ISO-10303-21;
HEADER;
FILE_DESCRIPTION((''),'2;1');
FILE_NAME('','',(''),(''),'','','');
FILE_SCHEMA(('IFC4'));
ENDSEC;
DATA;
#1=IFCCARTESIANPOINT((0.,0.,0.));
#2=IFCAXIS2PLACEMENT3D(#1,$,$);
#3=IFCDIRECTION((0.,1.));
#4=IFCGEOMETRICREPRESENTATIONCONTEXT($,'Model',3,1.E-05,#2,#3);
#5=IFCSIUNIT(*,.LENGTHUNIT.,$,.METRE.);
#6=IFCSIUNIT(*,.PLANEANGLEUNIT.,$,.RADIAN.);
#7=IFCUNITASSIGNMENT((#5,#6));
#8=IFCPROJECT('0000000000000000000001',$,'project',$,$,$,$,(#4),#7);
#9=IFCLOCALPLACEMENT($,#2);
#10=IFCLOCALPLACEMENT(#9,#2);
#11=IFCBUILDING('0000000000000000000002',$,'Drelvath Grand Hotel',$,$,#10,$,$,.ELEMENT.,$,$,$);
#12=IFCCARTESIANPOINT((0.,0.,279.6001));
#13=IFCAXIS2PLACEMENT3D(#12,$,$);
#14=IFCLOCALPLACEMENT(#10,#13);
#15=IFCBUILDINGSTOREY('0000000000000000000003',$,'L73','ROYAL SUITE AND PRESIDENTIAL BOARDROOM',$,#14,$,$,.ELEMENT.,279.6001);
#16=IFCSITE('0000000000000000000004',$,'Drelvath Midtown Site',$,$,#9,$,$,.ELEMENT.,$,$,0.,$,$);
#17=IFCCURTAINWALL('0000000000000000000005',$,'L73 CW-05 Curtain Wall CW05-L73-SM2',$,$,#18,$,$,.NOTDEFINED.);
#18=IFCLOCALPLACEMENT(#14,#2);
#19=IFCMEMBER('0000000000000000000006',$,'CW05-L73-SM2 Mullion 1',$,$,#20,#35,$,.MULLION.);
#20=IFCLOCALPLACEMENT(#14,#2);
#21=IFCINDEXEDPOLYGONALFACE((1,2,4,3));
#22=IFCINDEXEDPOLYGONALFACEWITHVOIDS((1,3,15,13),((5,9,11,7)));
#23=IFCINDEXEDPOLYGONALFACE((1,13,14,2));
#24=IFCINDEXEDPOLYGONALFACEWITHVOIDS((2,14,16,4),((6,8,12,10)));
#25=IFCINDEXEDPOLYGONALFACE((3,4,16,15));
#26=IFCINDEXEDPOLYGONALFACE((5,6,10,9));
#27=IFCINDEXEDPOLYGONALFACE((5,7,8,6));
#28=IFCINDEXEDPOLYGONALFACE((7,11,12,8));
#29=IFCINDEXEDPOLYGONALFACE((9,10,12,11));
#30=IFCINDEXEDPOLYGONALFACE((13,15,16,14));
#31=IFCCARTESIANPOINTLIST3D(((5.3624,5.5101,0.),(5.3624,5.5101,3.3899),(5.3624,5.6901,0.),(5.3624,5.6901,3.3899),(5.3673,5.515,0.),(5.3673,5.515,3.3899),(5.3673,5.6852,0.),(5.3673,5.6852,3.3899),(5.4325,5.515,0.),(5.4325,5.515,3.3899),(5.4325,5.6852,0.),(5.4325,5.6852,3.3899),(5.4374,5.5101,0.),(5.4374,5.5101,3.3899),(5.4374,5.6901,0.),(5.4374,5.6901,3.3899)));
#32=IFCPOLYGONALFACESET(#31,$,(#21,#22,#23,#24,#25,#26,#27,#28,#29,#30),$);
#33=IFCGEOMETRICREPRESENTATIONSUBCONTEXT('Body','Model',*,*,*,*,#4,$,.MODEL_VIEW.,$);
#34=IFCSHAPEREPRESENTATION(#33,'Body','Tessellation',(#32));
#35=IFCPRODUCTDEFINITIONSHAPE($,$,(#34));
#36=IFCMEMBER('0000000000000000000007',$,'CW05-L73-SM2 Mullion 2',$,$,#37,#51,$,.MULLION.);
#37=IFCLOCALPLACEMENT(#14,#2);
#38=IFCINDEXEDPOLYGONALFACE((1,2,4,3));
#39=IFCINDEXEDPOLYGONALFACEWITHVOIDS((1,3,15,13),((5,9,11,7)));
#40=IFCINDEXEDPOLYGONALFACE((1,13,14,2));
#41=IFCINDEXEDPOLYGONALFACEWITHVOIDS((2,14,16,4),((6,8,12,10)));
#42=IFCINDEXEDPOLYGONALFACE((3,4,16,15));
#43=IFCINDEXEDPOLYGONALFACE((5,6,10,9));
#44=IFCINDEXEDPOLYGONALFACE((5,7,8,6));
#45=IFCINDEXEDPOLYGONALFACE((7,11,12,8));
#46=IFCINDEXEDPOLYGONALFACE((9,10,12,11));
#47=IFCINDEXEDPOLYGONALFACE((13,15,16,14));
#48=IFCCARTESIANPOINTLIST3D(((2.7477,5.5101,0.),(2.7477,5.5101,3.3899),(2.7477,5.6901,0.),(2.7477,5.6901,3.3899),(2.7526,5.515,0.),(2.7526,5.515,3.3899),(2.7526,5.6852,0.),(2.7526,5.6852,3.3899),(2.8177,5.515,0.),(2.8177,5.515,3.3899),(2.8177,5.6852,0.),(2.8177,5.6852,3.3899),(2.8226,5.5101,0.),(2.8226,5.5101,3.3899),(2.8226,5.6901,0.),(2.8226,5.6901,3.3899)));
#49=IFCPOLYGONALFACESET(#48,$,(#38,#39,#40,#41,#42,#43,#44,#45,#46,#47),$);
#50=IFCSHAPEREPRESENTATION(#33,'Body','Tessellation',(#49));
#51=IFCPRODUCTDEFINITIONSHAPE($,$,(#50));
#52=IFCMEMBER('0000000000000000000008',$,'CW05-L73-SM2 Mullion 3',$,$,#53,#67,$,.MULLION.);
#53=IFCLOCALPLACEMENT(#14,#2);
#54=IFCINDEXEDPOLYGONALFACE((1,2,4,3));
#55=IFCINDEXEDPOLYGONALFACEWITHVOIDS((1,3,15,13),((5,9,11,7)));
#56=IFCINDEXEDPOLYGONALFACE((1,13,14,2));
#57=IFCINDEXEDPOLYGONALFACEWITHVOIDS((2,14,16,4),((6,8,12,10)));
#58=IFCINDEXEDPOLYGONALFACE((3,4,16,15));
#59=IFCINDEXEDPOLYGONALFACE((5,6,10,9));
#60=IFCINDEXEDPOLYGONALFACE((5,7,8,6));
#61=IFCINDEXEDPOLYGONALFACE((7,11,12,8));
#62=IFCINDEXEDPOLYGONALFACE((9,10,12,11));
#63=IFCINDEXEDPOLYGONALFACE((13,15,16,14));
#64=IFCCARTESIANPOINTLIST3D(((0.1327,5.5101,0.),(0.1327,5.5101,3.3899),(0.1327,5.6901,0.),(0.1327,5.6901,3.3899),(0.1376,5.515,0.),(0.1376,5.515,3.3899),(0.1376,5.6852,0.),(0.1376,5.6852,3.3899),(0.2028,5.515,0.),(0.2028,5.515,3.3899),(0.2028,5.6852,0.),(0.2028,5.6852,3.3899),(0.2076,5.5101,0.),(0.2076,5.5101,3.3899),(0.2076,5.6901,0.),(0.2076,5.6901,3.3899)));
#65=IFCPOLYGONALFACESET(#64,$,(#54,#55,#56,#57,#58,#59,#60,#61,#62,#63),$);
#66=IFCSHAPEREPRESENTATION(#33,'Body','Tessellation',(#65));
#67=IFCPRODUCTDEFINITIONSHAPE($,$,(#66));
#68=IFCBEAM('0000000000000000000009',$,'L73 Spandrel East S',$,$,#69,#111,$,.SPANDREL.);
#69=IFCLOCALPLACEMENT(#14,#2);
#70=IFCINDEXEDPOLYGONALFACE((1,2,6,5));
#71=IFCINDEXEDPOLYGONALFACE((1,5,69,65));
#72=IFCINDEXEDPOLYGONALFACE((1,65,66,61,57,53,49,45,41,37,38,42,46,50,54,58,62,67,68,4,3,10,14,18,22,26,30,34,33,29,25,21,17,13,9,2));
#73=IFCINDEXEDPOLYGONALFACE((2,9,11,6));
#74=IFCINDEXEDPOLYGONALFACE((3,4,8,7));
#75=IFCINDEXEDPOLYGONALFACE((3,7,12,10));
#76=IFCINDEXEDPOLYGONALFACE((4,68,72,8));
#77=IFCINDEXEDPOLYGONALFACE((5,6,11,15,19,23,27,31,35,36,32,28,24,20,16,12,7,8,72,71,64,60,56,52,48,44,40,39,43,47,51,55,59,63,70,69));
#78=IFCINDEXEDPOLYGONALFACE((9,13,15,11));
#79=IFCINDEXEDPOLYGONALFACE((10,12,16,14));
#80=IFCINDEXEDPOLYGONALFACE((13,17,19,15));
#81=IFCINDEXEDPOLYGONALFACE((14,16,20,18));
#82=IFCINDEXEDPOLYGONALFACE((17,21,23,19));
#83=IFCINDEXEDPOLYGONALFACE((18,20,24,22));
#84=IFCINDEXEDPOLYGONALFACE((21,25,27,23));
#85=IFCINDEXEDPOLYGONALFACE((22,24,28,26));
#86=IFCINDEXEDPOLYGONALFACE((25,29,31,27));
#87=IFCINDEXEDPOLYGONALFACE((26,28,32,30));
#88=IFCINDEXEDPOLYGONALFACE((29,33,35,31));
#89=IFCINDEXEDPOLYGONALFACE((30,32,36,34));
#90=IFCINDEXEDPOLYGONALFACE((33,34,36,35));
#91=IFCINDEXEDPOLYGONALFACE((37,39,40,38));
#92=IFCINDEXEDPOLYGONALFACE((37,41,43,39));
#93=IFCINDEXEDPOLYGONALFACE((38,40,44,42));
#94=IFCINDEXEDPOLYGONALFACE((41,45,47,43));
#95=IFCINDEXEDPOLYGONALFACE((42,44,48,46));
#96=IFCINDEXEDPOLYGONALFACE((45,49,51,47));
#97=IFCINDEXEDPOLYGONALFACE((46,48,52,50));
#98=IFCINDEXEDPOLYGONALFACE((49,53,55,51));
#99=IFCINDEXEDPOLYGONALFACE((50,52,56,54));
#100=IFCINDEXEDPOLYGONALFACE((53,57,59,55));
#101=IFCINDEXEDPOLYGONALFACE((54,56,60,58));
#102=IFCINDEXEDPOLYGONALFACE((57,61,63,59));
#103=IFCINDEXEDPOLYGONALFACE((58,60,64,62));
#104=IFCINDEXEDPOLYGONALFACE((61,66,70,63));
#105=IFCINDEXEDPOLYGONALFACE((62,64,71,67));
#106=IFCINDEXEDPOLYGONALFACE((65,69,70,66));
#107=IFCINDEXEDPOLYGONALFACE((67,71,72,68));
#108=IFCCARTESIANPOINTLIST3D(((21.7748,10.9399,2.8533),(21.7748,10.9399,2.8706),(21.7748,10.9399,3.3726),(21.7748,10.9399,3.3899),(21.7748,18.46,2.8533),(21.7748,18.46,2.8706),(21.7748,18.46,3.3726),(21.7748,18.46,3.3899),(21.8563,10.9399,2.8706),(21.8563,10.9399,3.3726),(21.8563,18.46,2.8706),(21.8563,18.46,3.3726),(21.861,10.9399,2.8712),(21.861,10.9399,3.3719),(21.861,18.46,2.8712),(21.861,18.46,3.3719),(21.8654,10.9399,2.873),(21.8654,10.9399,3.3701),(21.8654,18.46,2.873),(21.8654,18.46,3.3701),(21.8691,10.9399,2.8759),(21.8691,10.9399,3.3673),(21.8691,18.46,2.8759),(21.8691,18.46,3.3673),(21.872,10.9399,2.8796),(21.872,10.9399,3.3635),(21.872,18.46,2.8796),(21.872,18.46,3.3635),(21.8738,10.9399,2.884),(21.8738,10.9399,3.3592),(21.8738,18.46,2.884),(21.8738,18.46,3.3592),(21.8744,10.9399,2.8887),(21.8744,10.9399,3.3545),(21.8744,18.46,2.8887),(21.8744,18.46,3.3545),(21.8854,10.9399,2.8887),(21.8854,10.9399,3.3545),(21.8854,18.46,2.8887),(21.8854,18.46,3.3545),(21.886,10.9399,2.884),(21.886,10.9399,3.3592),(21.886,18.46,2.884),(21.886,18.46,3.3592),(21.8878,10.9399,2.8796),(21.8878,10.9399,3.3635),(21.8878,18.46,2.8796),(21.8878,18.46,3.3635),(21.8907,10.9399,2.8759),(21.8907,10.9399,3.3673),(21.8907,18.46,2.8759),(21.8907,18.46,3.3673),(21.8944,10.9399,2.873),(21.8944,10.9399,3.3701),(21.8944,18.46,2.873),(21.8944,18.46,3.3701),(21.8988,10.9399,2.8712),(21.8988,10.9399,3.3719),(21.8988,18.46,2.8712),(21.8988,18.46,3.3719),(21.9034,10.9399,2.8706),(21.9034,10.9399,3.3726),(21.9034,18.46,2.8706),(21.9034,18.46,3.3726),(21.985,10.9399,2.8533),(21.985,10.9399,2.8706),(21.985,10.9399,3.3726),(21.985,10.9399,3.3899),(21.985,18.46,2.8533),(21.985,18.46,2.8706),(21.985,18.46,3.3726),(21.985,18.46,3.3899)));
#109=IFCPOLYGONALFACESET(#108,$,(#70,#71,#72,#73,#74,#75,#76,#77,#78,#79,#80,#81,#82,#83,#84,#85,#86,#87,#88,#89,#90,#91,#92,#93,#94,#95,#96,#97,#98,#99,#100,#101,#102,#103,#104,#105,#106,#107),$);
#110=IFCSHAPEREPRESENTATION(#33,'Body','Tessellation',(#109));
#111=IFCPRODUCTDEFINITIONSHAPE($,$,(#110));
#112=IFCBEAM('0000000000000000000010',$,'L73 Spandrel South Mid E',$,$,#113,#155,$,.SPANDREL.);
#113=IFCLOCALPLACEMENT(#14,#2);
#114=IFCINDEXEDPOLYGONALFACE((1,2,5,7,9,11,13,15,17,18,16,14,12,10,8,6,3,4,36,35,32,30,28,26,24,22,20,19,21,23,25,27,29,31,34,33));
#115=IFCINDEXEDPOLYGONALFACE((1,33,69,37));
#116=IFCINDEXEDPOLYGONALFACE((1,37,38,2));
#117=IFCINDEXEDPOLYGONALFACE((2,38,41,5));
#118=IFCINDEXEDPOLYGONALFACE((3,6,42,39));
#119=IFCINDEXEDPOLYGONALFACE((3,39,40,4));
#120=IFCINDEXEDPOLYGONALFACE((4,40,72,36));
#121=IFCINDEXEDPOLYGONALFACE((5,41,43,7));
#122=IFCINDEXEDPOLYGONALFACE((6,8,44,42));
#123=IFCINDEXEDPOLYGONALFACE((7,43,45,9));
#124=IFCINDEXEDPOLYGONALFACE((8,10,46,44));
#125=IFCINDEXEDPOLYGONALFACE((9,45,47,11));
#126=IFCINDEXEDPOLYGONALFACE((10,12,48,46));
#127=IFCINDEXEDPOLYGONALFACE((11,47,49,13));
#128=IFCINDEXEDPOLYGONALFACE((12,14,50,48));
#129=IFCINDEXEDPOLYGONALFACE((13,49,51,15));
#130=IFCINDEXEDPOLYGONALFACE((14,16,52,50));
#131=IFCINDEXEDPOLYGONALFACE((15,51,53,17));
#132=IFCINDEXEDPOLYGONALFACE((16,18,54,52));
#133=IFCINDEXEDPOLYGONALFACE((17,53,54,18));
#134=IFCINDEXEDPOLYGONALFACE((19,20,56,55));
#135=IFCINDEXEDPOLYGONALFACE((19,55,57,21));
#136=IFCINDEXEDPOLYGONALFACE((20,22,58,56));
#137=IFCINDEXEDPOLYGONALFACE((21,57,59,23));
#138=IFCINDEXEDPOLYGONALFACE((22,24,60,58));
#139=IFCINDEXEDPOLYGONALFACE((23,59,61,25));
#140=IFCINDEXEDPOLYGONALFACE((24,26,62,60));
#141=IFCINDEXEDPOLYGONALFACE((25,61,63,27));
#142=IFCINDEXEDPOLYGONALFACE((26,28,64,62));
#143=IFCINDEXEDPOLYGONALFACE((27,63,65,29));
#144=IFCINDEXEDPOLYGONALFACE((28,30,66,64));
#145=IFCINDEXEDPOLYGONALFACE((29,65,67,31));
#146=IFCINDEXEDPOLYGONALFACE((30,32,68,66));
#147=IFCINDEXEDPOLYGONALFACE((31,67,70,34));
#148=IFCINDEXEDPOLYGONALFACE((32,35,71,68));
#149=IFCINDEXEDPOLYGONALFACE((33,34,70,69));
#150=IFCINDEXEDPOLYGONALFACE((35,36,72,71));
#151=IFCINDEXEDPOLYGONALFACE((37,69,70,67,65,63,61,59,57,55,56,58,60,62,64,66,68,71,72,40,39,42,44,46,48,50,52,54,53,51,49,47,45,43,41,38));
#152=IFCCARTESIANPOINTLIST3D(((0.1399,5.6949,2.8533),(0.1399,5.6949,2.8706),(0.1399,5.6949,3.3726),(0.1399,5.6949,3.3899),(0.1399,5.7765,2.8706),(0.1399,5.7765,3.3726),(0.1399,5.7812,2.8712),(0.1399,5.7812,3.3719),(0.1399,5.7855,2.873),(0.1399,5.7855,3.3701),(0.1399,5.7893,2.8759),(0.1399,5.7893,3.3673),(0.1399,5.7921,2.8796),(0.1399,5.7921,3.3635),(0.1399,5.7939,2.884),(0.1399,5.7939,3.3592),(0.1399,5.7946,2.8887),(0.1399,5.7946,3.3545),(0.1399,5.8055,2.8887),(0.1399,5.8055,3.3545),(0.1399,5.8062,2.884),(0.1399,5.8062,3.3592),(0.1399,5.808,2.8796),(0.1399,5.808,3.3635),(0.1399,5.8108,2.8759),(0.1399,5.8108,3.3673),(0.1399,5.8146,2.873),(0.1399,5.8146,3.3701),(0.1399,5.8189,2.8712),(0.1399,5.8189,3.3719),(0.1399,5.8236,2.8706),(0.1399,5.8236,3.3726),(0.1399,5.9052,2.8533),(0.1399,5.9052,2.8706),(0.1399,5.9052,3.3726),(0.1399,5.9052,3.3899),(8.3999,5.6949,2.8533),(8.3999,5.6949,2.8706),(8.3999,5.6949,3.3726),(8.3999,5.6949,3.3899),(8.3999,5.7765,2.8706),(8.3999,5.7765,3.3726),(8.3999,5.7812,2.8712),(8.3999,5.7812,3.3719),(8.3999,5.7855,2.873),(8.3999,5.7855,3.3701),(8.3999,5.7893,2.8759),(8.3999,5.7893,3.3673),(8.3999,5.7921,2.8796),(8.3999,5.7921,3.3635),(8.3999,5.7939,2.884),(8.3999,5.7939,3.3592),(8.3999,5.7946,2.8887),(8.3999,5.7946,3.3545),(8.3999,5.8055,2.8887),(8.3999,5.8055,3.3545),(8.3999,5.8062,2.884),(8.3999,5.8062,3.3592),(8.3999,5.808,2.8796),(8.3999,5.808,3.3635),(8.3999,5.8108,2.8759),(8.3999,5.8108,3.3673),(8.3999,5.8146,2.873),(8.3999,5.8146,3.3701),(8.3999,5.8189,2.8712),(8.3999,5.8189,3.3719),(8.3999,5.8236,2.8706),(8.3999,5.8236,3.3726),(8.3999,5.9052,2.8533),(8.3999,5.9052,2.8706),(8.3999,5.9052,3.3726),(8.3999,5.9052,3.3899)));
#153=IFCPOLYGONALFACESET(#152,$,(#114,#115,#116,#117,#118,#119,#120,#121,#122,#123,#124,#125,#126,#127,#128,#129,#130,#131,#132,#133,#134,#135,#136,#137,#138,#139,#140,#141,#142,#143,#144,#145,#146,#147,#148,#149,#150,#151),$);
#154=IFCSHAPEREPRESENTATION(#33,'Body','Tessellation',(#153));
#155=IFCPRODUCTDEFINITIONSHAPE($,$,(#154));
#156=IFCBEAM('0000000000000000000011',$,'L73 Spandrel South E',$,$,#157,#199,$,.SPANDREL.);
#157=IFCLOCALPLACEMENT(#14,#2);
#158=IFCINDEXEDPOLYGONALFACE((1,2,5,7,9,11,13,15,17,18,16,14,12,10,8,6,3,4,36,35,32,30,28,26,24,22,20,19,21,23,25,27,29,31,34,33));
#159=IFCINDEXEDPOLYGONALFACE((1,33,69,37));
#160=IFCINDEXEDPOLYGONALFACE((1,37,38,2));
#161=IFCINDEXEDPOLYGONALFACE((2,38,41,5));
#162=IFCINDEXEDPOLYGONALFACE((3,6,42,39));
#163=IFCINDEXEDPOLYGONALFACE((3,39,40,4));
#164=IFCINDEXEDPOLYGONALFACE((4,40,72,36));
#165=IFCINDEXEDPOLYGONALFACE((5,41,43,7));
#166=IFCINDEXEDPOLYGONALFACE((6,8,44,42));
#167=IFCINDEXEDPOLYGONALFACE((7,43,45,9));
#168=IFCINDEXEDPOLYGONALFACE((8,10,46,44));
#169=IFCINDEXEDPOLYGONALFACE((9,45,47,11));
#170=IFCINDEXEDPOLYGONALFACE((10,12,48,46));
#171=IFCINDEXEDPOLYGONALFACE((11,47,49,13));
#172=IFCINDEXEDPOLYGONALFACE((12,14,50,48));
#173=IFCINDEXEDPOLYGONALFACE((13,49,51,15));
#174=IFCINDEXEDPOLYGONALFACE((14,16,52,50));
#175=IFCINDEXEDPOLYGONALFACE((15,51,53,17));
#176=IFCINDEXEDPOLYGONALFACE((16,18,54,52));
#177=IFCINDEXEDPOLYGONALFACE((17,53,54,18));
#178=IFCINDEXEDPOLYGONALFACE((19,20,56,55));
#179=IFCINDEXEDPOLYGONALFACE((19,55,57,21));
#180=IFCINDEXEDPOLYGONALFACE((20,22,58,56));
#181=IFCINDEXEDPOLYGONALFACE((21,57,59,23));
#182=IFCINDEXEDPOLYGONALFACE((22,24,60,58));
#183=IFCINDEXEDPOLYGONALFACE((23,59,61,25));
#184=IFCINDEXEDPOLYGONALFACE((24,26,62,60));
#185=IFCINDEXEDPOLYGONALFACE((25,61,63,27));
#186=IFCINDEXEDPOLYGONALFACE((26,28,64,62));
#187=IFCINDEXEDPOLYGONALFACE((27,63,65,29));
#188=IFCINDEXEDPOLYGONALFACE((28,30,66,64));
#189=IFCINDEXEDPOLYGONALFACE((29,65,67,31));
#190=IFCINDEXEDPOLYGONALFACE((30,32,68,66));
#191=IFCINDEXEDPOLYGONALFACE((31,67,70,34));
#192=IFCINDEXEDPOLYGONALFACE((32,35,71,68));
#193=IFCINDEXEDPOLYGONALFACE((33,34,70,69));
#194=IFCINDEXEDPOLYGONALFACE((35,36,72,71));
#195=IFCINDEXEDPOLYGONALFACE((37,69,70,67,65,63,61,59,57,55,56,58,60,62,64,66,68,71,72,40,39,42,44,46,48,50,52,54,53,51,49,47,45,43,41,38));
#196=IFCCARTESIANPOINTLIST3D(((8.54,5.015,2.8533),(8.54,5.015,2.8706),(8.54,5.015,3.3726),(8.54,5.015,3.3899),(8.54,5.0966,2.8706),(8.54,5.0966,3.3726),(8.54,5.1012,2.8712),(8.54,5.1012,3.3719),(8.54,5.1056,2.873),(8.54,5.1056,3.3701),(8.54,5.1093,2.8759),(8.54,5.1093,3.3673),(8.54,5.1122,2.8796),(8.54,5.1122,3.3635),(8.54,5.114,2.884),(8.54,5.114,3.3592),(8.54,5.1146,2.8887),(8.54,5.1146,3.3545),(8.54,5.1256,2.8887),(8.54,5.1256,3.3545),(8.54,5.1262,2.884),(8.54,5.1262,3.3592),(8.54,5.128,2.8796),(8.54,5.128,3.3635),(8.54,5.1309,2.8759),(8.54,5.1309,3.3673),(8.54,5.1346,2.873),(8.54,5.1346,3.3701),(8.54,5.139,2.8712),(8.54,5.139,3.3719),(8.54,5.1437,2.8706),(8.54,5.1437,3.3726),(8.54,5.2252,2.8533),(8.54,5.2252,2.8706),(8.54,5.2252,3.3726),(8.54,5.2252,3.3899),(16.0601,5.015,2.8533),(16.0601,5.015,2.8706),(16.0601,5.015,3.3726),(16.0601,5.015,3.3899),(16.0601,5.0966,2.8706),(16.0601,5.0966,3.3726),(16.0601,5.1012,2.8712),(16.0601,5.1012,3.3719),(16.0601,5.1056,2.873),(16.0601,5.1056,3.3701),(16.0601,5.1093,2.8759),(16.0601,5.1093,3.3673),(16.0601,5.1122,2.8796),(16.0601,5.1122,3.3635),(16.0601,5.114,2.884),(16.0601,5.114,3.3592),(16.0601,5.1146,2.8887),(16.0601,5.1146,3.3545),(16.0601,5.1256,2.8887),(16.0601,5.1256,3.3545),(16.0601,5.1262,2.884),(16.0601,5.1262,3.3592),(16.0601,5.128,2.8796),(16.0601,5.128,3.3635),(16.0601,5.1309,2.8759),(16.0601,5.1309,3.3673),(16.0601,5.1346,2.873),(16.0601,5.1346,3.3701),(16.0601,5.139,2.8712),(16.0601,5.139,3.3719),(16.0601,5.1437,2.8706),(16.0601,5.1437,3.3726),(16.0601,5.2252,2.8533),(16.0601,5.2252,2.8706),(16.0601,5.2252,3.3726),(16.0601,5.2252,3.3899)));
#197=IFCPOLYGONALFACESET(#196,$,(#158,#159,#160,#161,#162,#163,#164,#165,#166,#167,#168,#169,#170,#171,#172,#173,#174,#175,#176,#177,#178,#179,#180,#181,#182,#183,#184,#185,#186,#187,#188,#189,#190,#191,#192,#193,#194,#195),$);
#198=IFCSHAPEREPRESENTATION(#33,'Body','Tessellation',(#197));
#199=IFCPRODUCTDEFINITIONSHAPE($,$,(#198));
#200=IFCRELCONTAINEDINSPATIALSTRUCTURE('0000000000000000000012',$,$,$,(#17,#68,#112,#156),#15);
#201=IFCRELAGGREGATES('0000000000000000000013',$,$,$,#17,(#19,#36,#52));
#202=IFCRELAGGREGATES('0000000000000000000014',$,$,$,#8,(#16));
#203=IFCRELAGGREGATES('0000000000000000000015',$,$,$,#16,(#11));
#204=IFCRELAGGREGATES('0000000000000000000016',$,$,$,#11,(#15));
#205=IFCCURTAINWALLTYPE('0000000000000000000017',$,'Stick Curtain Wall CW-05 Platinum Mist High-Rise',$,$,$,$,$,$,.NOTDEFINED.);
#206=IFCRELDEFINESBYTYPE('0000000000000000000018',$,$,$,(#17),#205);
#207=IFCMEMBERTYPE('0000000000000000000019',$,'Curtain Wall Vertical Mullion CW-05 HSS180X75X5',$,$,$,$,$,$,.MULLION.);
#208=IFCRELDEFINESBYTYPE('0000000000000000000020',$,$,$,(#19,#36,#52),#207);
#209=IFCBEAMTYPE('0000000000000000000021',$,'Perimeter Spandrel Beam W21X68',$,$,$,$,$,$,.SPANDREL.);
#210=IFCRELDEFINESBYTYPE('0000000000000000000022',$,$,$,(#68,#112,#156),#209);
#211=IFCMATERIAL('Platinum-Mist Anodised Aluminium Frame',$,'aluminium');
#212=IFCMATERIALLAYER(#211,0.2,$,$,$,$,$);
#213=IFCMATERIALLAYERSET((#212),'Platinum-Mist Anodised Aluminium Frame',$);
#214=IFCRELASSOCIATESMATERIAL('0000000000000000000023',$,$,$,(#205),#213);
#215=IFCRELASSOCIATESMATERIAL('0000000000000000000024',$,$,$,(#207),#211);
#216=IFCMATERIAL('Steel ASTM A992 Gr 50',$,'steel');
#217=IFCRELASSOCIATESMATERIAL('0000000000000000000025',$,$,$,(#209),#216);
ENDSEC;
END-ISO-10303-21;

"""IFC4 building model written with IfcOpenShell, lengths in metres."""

from ifc_helpers import new_model, si_unit, direction, frame, origin, origin_2d, place, context, subcontext, project, spatial, hollow_rectangle, i_section, extrude, material, layer, layer_set, material_profile, profile_set, type_object, element, aggregate, save


model = new_model("IFC4")

# Units and contexts
model_context = context("Model", 3, precision=1e-05, world=origin(), true_north=direction((0.0, 1.0)))
body_context = subcontext(model_context, "Body", "Model", "MODEL_VIEW")
ifc_project = project(units=[si_unit("LENGTHUNIT", "METRE"), si_unit("PLANEANGLEUNIT", "RADIAN")], contexts=[model_context])

# Site, building, storey
site_placement = place(None, origin())
site = spatial("IfcSite", under=ifc_project, at=site_placement, Name="Drelvath Midtown Site", CompositionType="ELEMENT", RefElevation=0.0)
building_placement = place(site_placement, origin())
building = spatial("IfcBuilding", under=site, at=building_placement, Name="Drelvath Grand Hotel", CompositionType="ELEMENT")
storey_placement = place(building_placement, frame((0.0, 0.0, 279.6001)))
storey = spatial("IfcBuildingStorey", under=building, at=storey_placement, Name="L73", Description="ROYAL SUITE AND PRESIDENTIAL BOARDROOM", CompositionType="ELEMENT", Elevation=279.6001)

# Shared definitions
ifc_material_1 = material(Name="Steel ASTM A992 Gr 50", Category="steel")

# Curtain wall
ifc_material_2 = material(Name="Platinum-Mist Anodised Aluminium Frame", Category="aluminium")
ifc_layer_1 = layer(ifc_material_2, 0.2)
ifc_layer_set_1 = layer_set([ifc_layer_1], Name="Platinum-Mist Anodised Aluminium Frame")
curtain_wall_type = type_object("IfcCurtainWallType", Name="Stick Curtain Wall CW-05 Platinum Mist High-Rise", PredefinedType="NOTDEFINED", material=ifc_layer_set_1)
curtain_wall_1_placement = place(storey_placement, origin())
curtain_wall_1 = element("IfcCurtainWall", 1, at=curtain_wall_1_placement, inside=storey, type_object=curtain_wall_type, Name="L73 CW-05 Curtain Wall CW05-L73-SM2", PredefinedType="NOTDEFINED")

# Members
ifc_material_profile_1 = material_profile(ifc_material_2, hollow_rectangle(XDim=0.075, YDim=0.1799, WallThickness=0.0049, at=origin_2d()), Name="HSS180X75X5")
ifc_profile_set_1 = profile_set([ifc_material_profile_1], Name="Platinum-Mist Anodised Aluminium Frame")
member_type_1 = type_object("IfcMemberType", Name="Curtain Wall Vertical Mullion CW-05 HSS180X75X5", PredefinedType="MULLION", material=ifc_profile_set_1)
member_1_placement = place(storey_placement, frame((5.3999, 5.6001, 0.0), z_axis=(0.0, 0.0, 1.0), x_axis=(1.0, 0.0, 0.0)))
member_1 = element("IfcMember", 2, at=member_1_placement, type_object=member_type_1, Name="CW05-L73-SM2 Mullion 1", PredefinedType="MULLION", context=body_context, shape_type="SweptSolid", body=[
    extrude(hollow_rectangle(XDim=0.075, YDim=0.1799, WallThickness=0.0049, at=origin_2d()), origin(), (0.0, 0.0, 1.0), 3.3899),
])
member_2_placement = place(storey_placement, frame((2.7852, 5.6001, 0.0), z_axis=(0.0, 0.0, 1.0), x_axis=(1.0, 0.0, 0.0)))
member_2 = element("IfcMember", 3, at=member_2_placement, type_object=member_type_1, Name="CW05-L73-SM2 Mullion 2", PredefinedType="MULLION", context=body_context, shape_type="SweptSolid", body=[
    extrude(hollow_rectangle(XDim=0.075, YDim=0.1799, WallThickness=0.0049, at=origin_2d()), origin(), (0.0, 0.0, 1.0), 3.3899),
])
member_3_placement = place(storey_placement, frame((0.1702, 5.6001, 0.0), z_axis=(0.0, 0.0, 1.0), x_axis=(1.0, 0.0, 0.0)))
member_3 = element("IfcMember", 4, at=member_3_placement, type_object=member_type_1, Name="CW05-L73-SM2 Mullion 3", PredefinedType="MULLION", context=body_context, shape_type="SweptSolid", body=[
    extrude(hollow_rectangle(XDim=0.075, YDim=0.1799, WallThickness=0.0049, at=origin_2d()), origin(), (0.0, 0.0, 1.0), 3.3899),
])

# Beams
ifc_material_profile_2 = material_profile(ifc_material_1, i_section(OverallWidth=0.2102, OverallDepth=0.5366, WebThickness=0.011, FlangeThickness=0.0173, FilletRadius=0.0181, at=origin_2d()), Name="W21X68")
ifc_profile_set_2 = profile_set([ifc_material_profile_2], Name="Steel ASTM A992 Gr 50")
beam_type_1 = type_object("IfcBeamType", Name="Perimeter Spandrel Beam W21X68", PredefinedType="SPANDREL", material=ifc_profile_set_2)
beam_1_placement = place(storey_placement, frame((21.8799, 10.9399, 3.1216), z_axis=(0.0, 1.0, 0.0), x_axis=(-1.0, 0.0, 0.0)))
element("IfcBeam", 5, at=beam_1_placement, inside=storey, type_object=beam_type_1, Name="L73 Spandrel East S", PredefinedType="SPANDREL", context=body_context, shape_type="SweptSolid", body=[
    extrude(i_section(OverallWidth=0.2102, OverallDepth=0.5366, WebThickness=0.011, FlangeThickness=0.0173, FilletRadius=0.0181, at=origin_2d()), origin(), (0.0, 0.0, 1.0), 7.52),
])
beam_2_placement = place(storey_placement, frame((0.1399, 5.8, 3.1216), z_axis=(1.0, 0.0, 0.0), x_axis=(0.0, 1.0, 0.0)))
element("IfcBeam", 6, at=beam_2_placement, inside=storey, type_object=beam_type_1, Name="L73 Spandrel South Mid E", PredefinedType="SPANDREL", context=body_context, shape_type="SweptSolid", body=[
    extrude(i_section(OverallWidth=0.2102, OverallDepth=0.5366, WebThickness=0.011, FlangeThickness=0.0173, FilletRadius=0.0181, at=origin_2d()), origin(), (0.0, 0.0, 1.0), 8.26),
])
beam_3_placement = place(storey_placement, frame((8.54, 5.1201, 3.1216), z_axis=(1.0, 0.0, 0.0), x_axis=(0.0, 1.0, 0.0)))
element("IfcBeam", 7, at=beam_3_placement, inside=storey, type_object=beam_type_1, Name="L73 Spandrel South E", PredefinedType="SPANDREL", context=body_context, shape_type="SweptSolid", body=[
    extrude(i_section(OverallWidth=0.2102, OverallDepth=0.5366, WebThickness=0.011, FlangeThickness=0.0173, FilletRadius=0.0181, at=origin_2d()), origin(), (0.0, 0.0, 1.0), 7.52),
])

aggregate(curtain_wall_1, [member_1, member_2, member_3])

save(model, "model.ifc")
